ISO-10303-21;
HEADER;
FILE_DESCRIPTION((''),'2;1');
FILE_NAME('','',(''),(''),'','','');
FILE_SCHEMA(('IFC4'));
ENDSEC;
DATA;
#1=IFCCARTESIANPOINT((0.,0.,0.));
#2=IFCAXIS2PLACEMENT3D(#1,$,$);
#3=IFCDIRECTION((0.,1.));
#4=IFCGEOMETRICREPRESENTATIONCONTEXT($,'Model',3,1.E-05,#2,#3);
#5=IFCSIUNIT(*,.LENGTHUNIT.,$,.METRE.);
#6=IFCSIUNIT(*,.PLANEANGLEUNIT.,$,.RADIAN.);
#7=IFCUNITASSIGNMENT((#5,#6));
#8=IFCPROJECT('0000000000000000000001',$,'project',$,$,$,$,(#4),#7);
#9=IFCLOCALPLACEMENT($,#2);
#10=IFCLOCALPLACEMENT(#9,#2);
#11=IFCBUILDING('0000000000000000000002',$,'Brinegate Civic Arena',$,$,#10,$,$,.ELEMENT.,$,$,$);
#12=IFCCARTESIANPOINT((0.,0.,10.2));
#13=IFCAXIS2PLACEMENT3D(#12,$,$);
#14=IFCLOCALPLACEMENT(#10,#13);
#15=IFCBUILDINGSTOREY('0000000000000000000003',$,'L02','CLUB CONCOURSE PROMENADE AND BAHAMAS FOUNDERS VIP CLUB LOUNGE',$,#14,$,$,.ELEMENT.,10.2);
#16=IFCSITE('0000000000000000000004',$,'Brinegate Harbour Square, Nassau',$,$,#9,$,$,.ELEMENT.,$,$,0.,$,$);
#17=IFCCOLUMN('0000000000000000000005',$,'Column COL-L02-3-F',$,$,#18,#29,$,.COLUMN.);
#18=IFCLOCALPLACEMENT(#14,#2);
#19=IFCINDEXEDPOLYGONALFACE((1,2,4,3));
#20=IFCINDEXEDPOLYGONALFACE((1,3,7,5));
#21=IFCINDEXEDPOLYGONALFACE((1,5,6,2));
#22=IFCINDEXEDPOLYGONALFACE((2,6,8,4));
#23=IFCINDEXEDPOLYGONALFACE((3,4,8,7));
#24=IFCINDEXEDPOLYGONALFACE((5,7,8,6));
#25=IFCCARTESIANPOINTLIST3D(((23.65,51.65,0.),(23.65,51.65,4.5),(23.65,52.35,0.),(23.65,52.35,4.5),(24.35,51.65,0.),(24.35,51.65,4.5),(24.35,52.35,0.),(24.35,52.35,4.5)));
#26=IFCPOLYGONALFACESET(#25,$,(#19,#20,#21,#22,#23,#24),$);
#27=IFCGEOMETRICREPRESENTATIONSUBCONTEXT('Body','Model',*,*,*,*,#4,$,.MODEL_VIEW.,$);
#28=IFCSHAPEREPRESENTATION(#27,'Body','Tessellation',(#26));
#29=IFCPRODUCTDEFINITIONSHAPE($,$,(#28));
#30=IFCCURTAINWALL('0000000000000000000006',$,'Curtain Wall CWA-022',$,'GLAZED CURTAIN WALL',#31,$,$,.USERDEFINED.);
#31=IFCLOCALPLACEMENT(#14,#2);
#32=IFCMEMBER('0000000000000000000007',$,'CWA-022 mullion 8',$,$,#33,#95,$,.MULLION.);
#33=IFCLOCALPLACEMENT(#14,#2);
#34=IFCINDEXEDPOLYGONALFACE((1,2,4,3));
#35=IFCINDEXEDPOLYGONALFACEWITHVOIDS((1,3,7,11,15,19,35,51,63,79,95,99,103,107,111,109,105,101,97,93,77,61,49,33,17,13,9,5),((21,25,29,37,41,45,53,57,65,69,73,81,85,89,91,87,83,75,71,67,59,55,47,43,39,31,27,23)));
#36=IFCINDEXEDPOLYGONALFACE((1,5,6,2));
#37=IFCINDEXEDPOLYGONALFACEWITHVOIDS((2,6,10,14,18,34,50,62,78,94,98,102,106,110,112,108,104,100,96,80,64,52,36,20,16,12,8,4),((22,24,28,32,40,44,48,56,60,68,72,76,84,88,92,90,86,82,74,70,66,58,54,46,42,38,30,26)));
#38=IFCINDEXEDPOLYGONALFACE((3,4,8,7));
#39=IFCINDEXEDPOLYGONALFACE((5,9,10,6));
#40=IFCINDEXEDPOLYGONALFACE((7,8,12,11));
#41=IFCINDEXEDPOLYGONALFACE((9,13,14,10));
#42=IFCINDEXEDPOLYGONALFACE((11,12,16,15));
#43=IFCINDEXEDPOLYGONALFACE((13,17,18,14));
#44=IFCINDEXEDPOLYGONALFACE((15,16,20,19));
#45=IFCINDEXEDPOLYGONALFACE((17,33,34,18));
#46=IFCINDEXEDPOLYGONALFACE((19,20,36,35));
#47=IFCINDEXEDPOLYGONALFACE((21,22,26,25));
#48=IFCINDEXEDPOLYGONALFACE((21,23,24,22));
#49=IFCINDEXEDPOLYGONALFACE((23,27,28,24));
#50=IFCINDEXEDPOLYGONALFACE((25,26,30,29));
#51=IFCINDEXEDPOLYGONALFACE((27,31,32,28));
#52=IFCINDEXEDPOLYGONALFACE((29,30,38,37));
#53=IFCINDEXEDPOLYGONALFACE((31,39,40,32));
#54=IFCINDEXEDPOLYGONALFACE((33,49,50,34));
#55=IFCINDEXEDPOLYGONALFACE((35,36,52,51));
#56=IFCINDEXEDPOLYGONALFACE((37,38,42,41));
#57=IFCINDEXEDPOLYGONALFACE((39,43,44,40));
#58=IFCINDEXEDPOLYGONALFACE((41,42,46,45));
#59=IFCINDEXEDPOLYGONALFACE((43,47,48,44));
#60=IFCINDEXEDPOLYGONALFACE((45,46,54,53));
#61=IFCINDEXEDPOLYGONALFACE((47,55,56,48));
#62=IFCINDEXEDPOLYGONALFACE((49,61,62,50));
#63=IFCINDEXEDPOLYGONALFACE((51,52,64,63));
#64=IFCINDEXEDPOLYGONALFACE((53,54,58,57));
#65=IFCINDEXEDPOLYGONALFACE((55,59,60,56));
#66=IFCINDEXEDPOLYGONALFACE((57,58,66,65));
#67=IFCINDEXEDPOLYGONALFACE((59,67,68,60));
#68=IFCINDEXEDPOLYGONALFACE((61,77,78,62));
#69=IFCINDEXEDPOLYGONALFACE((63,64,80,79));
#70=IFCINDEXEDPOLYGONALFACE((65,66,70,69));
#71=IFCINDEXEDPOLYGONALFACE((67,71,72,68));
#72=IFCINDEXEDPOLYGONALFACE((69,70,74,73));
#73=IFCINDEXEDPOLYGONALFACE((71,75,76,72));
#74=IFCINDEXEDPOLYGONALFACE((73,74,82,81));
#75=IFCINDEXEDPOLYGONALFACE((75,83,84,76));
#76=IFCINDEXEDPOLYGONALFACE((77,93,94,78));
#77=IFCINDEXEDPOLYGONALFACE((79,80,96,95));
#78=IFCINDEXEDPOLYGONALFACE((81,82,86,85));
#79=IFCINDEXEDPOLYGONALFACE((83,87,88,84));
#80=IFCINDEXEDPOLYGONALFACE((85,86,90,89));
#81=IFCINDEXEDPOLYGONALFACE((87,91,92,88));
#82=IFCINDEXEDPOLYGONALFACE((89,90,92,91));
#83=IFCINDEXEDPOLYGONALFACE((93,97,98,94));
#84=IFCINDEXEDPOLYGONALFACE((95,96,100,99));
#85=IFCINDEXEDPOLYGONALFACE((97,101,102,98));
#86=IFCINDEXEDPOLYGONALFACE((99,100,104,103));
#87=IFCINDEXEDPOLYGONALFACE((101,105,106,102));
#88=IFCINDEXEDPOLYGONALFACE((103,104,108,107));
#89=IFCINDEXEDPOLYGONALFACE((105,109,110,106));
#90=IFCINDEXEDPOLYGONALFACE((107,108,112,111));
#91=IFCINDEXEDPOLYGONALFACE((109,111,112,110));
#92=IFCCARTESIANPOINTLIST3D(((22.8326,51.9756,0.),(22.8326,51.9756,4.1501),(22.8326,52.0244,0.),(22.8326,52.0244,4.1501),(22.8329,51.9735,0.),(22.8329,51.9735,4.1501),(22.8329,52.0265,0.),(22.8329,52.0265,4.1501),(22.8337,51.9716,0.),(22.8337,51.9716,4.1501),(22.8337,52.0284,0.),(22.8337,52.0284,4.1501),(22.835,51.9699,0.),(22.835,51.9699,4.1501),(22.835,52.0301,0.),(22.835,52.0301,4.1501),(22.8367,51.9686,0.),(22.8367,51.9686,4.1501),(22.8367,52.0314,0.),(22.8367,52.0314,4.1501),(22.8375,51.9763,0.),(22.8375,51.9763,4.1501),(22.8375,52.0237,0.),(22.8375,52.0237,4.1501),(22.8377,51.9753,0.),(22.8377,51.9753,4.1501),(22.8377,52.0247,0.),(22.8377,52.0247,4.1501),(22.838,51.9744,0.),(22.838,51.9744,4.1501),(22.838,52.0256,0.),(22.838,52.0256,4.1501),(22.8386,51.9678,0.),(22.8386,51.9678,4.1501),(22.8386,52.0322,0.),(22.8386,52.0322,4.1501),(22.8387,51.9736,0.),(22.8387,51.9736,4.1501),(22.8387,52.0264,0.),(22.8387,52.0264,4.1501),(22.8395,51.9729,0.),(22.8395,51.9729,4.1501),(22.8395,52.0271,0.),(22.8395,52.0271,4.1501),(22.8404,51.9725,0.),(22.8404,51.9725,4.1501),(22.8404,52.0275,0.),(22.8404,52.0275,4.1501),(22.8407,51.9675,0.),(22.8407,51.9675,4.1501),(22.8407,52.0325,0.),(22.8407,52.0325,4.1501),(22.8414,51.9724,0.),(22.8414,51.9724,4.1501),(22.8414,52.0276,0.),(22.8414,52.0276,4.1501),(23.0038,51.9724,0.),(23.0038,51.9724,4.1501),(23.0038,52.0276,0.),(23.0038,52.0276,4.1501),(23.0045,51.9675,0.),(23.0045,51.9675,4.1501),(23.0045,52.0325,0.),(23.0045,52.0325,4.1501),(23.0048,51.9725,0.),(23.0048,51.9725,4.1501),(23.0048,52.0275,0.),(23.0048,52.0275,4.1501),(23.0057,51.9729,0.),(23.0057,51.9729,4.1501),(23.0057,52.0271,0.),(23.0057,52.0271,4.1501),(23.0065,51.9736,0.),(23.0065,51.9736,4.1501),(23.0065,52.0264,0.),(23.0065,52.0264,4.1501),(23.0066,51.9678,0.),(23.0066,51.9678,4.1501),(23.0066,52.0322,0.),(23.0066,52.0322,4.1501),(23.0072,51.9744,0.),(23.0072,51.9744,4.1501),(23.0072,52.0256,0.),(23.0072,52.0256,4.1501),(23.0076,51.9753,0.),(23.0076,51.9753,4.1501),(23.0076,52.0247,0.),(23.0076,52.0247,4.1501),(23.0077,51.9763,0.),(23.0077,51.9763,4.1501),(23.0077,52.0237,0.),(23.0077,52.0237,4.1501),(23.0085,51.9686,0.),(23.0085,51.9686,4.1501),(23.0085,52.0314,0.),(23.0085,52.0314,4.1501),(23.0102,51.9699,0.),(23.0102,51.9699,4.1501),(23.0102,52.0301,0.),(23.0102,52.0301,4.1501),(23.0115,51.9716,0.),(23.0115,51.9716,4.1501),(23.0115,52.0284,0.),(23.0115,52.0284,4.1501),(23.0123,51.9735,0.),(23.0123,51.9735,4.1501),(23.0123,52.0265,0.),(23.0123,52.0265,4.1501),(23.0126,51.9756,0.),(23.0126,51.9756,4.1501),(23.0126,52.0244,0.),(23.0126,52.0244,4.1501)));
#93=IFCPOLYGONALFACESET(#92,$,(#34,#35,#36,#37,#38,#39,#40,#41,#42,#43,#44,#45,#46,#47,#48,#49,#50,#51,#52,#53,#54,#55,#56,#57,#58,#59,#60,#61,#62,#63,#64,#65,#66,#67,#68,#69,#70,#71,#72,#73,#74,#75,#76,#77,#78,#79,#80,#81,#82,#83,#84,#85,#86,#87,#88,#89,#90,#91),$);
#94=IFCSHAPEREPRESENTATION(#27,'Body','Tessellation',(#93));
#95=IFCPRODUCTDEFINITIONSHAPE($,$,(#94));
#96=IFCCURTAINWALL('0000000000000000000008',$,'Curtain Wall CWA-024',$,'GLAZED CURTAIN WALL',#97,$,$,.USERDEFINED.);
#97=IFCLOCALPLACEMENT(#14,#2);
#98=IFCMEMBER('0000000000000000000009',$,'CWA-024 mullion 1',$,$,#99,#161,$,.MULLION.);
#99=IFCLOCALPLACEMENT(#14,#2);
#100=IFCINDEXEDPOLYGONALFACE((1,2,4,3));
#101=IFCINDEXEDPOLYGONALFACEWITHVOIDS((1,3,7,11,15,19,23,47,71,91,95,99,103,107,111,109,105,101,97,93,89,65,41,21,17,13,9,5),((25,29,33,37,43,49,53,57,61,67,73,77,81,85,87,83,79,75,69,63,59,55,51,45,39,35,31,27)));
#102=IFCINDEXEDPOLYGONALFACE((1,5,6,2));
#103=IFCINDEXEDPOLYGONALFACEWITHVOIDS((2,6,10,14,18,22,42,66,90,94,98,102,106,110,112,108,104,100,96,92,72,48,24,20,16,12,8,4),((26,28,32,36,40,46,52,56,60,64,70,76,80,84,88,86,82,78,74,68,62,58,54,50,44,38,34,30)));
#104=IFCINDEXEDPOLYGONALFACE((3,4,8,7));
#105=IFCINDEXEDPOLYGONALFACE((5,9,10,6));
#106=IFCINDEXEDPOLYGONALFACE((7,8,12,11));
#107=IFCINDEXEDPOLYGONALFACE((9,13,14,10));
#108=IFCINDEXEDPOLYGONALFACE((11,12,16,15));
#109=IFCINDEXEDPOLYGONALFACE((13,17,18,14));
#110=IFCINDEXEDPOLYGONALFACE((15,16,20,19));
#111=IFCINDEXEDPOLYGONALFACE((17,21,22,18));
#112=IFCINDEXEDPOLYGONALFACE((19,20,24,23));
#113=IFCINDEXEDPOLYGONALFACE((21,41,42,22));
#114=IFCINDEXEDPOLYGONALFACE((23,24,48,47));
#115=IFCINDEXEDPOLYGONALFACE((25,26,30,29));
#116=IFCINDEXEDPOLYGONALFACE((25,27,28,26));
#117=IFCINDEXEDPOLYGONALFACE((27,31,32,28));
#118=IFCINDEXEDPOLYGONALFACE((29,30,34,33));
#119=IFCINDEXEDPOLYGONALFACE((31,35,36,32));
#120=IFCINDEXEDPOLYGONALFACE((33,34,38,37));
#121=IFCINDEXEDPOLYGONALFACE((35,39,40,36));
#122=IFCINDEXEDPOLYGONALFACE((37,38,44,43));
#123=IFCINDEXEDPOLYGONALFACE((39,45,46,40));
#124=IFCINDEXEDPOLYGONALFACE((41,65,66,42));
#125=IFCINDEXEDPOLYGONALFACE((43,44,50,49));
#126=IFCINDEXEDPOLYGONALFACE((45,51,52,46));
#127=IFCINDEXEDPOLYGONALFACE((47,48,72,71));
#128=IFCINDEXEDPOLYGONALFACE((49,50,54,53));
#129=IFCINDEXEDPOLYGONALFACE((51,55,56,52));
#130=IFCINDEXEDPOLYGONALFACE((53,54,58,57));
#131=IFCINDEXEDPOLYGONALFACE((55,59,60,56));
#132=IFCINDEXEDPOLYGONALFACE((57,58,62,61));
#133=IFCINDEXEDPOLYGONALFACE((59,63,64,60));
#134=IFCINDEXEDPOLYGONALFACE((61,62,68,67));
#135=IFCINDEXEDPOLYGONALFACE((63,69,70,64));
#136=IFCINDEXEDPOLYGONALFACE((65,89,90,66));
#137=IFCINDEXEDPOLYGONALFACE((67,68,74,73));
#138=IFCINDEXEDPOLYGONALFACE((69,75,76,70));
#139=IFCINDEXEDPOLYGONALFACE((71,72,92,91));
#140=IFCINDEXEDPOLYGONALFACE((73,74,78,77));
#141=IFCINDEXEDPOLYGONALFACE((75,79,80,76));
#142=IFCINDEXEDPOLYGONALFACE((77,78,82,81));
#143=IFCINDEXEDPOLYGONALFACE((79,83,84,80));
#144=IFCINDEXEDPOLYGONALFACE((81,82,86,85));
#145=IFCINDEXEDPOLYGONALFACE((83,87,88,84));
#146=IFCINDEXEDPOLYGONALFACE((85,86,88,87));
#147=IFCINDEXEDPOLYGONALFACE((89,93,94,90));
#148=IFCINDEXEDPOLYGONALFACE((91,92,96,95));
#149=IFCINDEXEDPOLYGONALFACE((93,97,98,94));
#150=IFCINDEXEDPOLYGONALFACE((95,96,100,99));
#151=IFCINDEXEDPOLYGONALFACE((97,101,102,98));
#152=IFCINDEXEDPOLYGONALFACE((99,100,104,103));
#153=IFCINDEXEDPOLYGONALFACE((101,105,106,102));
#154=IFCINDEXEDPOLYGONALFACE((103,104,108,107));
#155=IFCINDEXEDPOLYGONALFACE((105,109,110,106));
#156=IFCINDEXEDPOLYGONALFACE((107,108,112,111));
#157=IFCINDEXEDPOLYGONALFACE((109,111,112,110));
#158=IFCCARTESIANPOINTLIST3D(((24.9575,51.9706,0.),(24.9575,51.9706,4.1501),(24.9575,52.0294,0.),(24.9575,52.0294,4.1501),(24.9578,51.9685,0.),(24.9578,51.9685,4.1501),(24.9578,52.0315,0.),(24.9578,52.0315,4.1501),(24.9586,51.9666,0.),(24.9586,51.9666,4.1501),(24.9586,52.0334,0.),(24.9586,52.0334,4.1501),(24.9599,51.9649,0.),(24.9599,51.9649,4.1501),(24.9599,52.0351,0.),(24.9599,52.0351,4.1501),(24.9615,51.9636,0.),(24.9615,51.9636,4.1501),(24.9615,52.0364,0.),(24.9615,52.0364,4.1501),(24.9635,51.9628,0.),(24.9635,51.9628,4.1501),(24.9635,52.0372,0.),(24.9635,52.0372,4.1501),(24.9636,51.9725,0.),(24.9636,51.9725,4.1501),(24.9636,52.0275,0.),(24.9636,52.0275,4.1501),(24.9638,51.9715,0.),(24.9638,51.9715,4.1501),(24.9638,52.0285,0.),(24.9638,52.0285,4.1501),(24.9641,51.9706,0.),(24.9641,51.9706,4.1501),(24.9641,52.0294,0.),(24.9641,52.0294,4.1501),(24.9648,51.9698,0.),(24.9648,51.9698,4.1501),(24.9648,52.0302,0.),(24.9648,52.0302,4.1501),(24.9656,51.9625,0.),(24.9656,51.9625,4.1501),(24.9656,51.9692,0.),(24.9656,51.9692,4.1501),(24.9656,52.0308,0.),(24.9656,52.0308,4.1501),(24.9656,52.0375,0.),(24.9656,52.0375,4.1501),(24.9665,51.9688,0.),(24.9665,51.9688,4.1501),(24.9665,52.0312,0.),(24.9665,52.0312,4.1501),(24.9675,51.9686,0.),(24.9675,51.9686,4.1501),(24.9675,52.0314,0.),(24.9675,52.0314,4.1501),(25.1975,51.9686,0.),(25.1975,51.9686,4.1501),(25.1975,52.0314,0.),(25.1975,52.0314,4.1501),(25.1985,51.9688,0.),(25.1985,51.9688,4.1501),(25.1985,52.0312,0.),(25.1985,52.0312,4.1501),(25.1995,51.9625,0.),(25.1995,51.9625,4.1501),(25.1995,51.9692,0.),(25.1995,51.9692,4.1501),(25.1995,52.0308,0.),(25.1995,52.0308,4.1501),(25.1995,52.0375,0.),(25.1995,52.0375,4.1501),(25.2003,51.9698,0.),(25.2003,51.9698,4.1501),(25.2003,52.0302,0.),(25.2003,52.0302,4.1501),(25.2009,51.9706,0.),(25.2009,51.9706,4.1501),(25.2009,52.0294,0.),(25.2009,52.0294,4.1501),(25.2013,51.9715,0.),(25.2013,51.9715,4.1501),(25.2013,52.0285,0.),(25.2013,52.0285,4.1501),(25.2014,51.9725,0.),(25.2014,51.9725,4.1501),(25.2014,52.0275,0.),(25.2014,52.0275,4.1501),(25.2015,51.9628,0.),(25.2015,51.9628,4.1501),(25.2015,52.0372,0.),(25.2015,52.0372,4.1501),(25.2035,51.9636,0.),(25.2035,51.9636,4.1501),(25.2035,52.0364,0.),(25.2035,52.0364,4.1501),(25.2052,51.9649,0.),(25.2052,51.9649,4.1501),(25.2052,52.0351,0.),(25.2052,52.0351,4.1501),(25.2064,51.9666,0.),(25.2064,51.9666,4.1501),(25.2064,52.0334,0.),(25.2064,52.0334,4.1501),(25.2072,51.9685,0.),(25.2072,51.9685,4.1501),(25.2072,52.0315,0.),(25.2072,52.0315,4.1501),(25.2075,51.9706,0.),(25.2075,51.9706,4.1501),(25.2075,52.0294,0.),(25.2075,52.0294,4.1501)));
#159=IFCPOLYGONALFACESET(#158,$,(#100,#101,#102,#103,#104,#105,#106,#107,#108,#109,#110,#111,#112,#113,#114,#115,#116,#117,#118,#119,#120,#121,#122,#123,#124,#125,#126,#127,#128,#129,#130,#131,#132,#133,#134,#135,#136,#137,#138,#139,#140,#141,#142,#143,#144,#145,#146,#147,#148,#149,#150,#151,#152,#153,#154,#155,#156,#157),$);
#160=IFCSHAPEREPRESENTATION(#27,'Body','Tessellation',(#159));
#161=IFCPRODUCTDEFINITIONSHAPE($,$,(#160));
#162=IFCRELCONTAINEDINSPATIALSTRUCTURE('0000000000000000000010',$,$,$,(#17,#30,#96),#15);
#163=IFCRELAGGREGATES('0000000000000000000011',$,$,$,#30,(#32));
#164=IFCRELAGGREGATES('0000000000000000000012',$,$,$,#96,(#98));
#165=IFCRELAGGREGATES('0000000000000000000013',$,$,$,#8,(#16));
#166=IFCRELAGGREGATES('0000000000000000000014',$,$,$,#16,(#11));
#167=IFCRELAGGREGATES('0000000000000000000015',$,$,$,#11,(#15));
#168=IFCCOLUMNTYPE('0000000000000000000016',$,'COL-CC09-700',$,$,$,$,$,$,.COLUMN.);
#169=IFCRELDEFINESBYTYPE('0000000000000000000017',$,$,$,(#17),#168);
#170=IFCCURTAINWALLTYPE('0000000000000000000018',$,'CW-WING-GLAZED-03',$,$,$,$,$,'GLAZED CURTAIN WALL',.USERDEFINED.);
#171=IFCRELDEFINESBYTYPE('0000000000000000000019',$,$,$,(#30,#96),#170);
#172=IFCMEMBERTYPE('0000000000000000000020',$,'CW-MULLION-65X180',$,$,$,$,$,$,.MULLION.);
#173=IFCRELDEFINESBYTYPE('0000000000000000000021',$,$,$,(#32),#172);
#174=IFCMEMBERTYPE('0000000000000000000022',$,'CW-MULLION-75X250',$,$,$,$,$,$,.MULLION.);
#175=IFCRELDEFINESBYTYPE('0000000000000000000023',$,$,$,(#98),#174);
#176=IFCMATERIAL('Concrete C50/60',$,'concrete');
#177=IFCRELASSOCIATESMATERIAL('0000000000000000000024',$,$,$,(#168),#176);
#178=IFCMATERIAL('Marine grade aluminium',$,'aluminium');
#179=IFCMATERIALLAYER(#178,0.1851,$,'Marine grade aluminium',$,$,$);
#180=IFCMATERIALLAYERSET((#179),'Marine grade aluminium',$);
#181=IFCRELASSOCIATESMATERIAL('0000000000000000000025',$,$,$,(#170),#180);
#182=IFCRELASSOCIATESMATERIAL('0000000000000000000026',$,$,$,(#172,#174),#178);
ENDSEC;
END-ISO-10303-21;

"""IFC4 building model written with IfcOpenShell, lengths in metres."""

from ifc_helpers import new_model, si_unit, direction, frame, origin, origin_2d, place, context, subcontext, project, spatial, rectangle, hollow_rectangle, extrude, material, layer, layer_set, material_profile, profile_set, type_object, element, aggregate, save


model = new_model("IFC4")

# Units and contexts
model_context = context("Model", 3, precision=1e-05, world=origin(), true_north=direction((0.0, 1.0)))
body_context = subcontext(model_context, "Body", "Model", "MODEL_VIEW")
ifc_project = project(units=[si_unit("LENGTHUNIT", "METRE"), si_unit("PLANEANGLEUNIT", "RADIAN")], contexts=[model_context])

# Site, building, storey
site_placement = place(None, origin())
site = spatial("IfcSite", under=ifc_project, at=site_placement, Name="Brinegate Harbour Square, Nassau", CompositionType="ELEMENT", RefElevation=0.0)
building_placement = place(site_placement, origin())
building = spatial("IfcBuilding", under=site, at=building_placement, Name="Brinegate Civic Arena", CompositionType="ELEMENT")
storey_placement = place(building_placement, frame((0.0, 0.0, 10.2)))
storey = spatial("IfcBuildingStorey", under=building, at=storey_placement, Name="L02", Description="CLUB CONCOURSE PROMENADE AND BAHAMAS FOUNDERS VIP CLUB LOUNGE", CompositionType="ELEMENT", Elevation=10.2)

# Column
ifc_material_1 = material(Name="Concrete C50/60", Category="concrete")
ifc_material_profile_1 = material_profile(ifc_material_1, rectangle(XDim=0.7, YDim=0.7, at=origin_2d()), Name="RC700X700")
ifc_profile_set_1 = profile_set([ifc_material_profile_1], Name="Concrete C50/60")
column_type = type_object("IfcColumnType", Name="COL-CC09-700", PredefinedType="COLUMN", material=ifc_profile_set_1)
column_placement = place(storey_placement, frame((24.0, 52.0, 0.0), z_axis=(0.0, 0.0, 1.0), x_axis=(1.0, 0.0, 0.0)))
element("IfcColumn", 1, at=column_placement, inside=storey, type_object=column_type, Name="Column COL-L02-3-F", PredefinedType="COLUMN", context=body_context, shape_type="SweptSolid", body=[
    extrude(rectangle(XDim=0.7, YDim=0.7, at=origin_2d()), origin(), (0.0, 0.0, 1.0), 4.5),
])

# Curtain wall, member
ifc_material_2 = material(Name="Marine grade aluminium", Category="aluminium")
ifc_layer_1 = layer(ifc_material_2, 0.1851, Name="Marine grade aluminium")
ifc_layer_set_1 = layer_set([ifc_layer_1], Name="Marine grade aluminium")
curtain_wall_type_1 = type_object("IfcCurtainWallType", Name="CW-WING-GLAZED-03", ElementType="GLAZED CURTAIN WALL", PredefinedType="USERDEFINED", material=ifc_layer_set_1)
curtain_wall_1_placement = place(storey_placement, origin())
curtain_wall_1 = element("IfcCurtainWall", 2, at=curtain_wall_1_placement, inside=storey, type_object=curtain_wall_type_1, Name="Curtain Wall CWA-022", ObjectType="GLAZED CURTAIN WALL", PredefinedType="USERDEFINED")
ifc_material_profile_2 = material_profile(ifc_material_2, hollow_rectangle(XDim=0.0649, YDim=0.1799, WallThickness=0.0049, InnerFilletRadius=0.0039, OuterFilletRadius=0.0081, at=origin_2d()), Name="MUL65X180")
ifc_profile_set_2 = profile_set([ifc_material_profile_2], Name="Marine grade aluminium")
member_type_1 = type_object("IfcMemberType", Name="CW-MULLION-65X180", PredefinedType="MULLION", material=ifc_profile_set_2)
member_1_placement = place(storey_placement, frame((22.9226, 52.0, 0.0), z_axis=(0.0, 0.0, 1.0), x_axis=(0.0, 1.0, 0.0)))
member_1 = element("IfcMember", 3, at=member_1_placement, type_object=member_type_1, Name="CWA-022 mullion 8", PredefinedType="MULLION", context=body_context, shape_type="SweptSolid", body=[
    extrude(hollow_rectangle(XDim=0.0649, YDim=0.1799, WallThickness=0.0049, InnerFilletRadius=0.0039, OuterFilletRadius=0.0081, at=origin_2d()), origin(), (0.0, 0.0, 1.0), 4.1501),
])

# Curtain wall, member
curtain_wall_2_placement = place(storey_placement, origin())
curtain_wall_2 = element("IfcCurtainWall", 4, at=curtain_wall_2_placement, inside=storey, type_object=curtain_wall_type_1, Name="Curtain Wall CWA-024", ObjectType="GLAZED CURTAIN WALL", PredefinedType="USERDEFINED")
ifc_material_profile_3 = material_profile(ifc_material_2, hollow_rectangle(XDim=0.075, YDim=0.25, WallThickness=0.0061, InnerFilletRadius=0.0039, OuterFilletRadius=0.0081, at=origin_2d()), Name="MUL75X250")
ifc_profile_set_3 = profile_set([ifc_material_profile_3], Name="Marine grade aluminium")
member_type_2 = type_object("IfcMemberType", Name="CW-MULLION-75X250", PredefinedType="MULLION", material=ifc_profile_set_3)
member_2_placement = place(storey_placement, frame((25.0825, 52.0, 0.0), z_axis=(0.0, 0.0, 1.0), x_axis=(0.0, 1.0, 0.0)))
member_2 = element("IfcMember", 5, at=member_2_placement, type_object=member_type_2, Name="CWA-024 mullion 1", PredefinedType="MULLION", context=body_context, shape_type="SweptSolid", body=[
    extrude(hollow_rectangle(XDim=0.075, YDim=0.25, WallThickness=0.0061, InnerFilletRadius=0.0039, OuterFilletRadius=0.0081, at=origin_2d()), origin(), (0.0, 0.0, 1.0), 4.1501),
])

aggregate(curtain_wall_1, [member_1])
aggregate(curtain_wall_2, [member_2])

save(model, "model.ifc")
